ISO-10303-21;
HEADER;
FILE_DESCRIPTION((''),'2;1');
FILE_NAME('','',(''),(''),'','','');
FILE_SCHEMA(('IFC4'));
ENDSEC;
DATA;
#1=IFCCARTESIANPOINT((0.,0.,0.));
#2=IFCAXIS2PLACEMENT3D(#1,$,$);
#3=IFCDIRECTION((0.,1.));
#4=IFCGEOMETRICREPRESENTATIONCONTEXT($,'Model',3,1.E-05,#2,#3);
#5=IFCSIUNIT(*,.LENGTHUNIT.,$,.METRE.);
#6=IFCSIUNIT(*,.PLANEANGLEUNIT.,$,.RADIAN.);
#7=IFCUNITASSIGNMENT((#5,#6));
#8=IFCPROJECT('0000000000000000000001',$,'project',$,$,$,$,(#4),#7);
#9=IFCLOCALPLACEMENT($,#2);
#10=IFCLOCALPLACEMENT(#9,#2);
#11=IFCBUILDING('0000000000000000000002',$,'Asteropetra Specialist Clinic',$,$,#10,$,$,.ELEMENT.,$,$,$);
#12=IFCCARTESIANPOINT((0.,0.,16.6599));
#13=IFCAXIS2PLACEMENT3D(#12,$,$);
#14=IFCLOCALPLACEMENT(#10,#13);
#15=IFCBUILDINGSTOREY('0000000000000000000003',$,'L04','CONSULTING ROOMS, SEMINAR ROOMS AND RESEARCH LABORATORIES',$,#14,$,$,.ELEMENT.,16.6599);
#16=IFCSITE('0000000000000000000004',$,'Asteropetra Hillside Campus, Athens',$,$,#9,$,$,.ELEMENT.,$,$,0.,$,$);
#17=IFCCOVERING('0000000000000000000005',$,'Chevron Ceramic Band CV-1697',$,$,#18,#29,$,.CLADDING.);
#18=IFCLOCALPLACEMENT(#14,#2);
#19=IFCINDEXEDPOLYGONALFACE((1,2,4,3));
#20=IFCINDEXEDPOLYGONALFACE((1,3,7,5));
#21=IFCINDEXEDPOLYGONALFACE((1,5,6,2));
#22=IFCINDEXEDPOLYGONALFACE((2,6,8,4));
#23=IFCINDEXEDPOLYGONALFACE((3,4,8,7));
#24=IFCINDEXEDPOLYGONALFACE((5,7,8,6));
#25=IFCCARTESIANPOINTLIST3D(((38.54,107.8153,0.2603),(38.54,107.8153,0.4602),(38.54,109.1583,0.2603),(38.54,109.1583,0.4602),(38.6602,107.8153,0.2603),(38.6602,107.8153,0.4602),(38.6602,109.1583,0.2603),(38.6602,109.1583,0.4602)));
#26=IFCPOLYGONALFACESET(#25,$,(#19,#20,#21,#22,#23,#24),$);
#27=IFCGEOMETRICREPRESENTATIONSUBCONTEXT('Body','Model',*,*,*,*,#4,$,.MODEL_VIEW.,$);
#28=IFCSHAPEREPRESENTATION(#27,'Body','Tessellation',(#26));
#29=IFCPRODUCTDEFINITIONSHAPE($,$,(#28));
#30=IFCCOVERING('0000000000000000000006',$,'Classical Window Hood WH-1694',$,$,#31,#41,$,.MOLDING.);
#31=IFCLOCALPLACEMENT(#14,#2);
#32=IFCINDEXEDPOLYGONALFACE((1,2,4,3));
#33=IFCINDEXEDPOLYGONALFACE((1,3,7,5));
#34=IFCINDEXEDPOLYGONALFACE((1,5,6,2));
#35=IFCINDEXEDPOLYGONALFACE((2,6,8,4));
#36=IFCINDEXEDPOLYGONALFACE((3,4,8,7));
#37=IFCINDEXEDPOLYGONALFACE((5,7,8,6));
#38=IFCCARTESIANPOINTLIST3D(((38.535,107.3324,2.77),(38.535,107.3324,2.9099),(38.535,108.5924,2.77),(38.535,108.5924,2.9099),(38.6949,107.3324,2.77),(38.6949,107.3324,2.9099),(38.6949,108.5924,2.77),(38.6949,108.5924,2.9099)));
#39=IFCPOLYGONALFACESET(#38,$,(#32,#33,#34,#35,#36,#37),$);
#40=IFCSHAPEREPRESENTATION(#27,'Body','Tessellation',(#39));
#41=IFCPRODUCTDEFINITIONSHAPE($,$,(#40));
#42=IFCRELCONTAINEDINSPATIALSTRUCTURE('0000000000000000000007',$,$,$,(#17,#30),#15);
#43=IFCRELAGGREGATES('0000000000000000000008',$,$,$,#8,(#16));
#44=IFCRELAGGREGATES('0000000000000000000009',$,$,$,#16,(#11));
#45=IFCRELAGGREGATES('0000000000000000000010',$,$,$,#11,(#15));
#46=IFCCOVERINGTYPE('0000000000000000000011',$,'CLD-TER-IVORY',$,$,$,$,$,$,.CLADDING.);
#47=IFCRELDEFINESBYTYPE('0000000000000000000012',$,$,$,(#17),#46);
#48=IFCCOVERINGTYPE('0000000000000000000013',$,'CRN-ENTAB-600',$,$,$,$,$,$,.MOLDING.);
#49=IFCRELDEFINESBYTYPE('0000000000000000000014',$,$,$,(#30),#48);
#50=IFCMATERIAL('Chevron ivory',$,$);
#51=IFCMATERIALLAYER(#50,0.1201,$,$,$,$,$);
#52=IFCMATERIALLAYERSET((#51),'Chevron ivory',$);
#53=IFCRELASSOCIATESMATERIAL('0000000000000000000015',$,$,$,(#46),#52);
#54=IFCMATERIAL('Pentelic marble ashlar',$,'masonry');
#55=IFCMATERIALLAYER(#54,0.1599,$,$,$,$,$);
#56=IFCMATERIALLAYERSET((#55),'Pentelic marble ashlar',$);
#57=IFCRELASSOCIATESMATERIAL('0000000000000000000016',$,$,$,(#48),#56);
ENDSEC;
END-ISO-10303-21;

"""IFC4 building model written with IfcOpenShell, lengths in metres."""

from ifc_helpers import new_model, si_unit, direction, frame, origin, origin_2d, place, context, subcontext, project, spatial, rectangle, extrude, material, layer, layer_set, type_object, element, save


model = new_model("IFC4")

# Units and contexts
model_context = context("Model", 3, precision=1e-05, world=origin(), true_north=direction((0.0, 1.0)))
body_context = subcontext(model_context, "Body", "Model", "MODEL_VIEW")
ifc_project = project(units=[si_unit("LENGTHUNIT", "METRE"), si_unit("PLANEANGLEUNIT", "RADIAN")], contexts=[model_context])

# Site, building, storey
site_placement = place(None, origin())
site = spatial("IfcSite", under=ifc_project, at=site_placement, Name="Asteropetra Hillside Campus, Athens", CompositionType="ELEMENT", RefElevation=0.0)
building_placement = place(site_placement, origin())
building = spatial("IfcBuilding", under=site, at=building_placement, Name="Asteropetra Specialist Clinic", CompositionType="ELEMENT")
storey_placement = place(building_placement, frame((0.0, 0.0, 16.6599)))
storey = spatial("IfcBuildingStorey", under=building, at=storey_placement, Name="L04", Description="CONSULTING ROOMS, SEMINAR ROOMS AND RESEARCH LABORATORIES", CompositionType="ELEMENT", Elevation=16.6599)

# Coverings
ifc_material_1 = material(Name="Chevron ivory")
ifc_layer_1 = layer(ifc_material_1, 0.1201)
ifc_layer_set_1 = layer_set([ifc_layer_1], Name="Chevron ivory")
covering_type_1 = type_object("IfcCoveringType", Name="CLD-TER-IVORY", PredefinedType="CLADDING", material=ifc_layer_set_1)
for number, where, z_axis, x_axis, name in (
    (1, (38.6001, 108.4868, 0.2603), (0.0, 0.0, 1.0), (1.0, 0.0, 0.0), "Chevron Ceramic Band CV-1697"),
):
    element("IfcCovering", number, at=place(storey_placement, frame(where, z_axis=z_axis, x_axis=x_axis)), inside=storey, type_object=covering_type_1, Name=name, PredefinedType="CLADDING", context=body_context, shape_type="SweptSolid", body=[
        extrude(rectangle(XDim=0.1201, YDim=1.343, at=origin_2d()), origin(), (0.0, 0.0, 1.0), 0.2),
    ])
ifc_material_2 = material(Name="Pentelic marble ashlar", Category="masonry")
ifc_layer_2 = layer(ifc_material_2, 0.1599)
ifc_layer_set_2 = layer_set([ifc_layer_2], Name="Pentelic marble ashlar")
covering_type_2 = type_object("IfcCoveringType", Name="CRN-ENTAB-600", PredefinedType="MOLDING", material=ifc_layer_set_2)
covering_1_placement = place(storey_placement, frame((38.615, 107.9624, 2.77), z_axis=(0.0, 0.0, 1.0), x_axis=(1.0, 0.0, 0.0)))
element("IfcCovering", 2, at=covering_1_placement, inside=storey, type_object=covering_type_2, Name="Classical Window Hood WH-1694", PredefinedType="MOLDING", context=body_context, shape_type="SweptSolid", body=[
    extrude(rectangle(XDim=0.1599, YDim=1.26, at=origin_2d()), origin(), (0.0, 0.0, 1.0), 0.1399),
])

save(model, "model.ifc")
